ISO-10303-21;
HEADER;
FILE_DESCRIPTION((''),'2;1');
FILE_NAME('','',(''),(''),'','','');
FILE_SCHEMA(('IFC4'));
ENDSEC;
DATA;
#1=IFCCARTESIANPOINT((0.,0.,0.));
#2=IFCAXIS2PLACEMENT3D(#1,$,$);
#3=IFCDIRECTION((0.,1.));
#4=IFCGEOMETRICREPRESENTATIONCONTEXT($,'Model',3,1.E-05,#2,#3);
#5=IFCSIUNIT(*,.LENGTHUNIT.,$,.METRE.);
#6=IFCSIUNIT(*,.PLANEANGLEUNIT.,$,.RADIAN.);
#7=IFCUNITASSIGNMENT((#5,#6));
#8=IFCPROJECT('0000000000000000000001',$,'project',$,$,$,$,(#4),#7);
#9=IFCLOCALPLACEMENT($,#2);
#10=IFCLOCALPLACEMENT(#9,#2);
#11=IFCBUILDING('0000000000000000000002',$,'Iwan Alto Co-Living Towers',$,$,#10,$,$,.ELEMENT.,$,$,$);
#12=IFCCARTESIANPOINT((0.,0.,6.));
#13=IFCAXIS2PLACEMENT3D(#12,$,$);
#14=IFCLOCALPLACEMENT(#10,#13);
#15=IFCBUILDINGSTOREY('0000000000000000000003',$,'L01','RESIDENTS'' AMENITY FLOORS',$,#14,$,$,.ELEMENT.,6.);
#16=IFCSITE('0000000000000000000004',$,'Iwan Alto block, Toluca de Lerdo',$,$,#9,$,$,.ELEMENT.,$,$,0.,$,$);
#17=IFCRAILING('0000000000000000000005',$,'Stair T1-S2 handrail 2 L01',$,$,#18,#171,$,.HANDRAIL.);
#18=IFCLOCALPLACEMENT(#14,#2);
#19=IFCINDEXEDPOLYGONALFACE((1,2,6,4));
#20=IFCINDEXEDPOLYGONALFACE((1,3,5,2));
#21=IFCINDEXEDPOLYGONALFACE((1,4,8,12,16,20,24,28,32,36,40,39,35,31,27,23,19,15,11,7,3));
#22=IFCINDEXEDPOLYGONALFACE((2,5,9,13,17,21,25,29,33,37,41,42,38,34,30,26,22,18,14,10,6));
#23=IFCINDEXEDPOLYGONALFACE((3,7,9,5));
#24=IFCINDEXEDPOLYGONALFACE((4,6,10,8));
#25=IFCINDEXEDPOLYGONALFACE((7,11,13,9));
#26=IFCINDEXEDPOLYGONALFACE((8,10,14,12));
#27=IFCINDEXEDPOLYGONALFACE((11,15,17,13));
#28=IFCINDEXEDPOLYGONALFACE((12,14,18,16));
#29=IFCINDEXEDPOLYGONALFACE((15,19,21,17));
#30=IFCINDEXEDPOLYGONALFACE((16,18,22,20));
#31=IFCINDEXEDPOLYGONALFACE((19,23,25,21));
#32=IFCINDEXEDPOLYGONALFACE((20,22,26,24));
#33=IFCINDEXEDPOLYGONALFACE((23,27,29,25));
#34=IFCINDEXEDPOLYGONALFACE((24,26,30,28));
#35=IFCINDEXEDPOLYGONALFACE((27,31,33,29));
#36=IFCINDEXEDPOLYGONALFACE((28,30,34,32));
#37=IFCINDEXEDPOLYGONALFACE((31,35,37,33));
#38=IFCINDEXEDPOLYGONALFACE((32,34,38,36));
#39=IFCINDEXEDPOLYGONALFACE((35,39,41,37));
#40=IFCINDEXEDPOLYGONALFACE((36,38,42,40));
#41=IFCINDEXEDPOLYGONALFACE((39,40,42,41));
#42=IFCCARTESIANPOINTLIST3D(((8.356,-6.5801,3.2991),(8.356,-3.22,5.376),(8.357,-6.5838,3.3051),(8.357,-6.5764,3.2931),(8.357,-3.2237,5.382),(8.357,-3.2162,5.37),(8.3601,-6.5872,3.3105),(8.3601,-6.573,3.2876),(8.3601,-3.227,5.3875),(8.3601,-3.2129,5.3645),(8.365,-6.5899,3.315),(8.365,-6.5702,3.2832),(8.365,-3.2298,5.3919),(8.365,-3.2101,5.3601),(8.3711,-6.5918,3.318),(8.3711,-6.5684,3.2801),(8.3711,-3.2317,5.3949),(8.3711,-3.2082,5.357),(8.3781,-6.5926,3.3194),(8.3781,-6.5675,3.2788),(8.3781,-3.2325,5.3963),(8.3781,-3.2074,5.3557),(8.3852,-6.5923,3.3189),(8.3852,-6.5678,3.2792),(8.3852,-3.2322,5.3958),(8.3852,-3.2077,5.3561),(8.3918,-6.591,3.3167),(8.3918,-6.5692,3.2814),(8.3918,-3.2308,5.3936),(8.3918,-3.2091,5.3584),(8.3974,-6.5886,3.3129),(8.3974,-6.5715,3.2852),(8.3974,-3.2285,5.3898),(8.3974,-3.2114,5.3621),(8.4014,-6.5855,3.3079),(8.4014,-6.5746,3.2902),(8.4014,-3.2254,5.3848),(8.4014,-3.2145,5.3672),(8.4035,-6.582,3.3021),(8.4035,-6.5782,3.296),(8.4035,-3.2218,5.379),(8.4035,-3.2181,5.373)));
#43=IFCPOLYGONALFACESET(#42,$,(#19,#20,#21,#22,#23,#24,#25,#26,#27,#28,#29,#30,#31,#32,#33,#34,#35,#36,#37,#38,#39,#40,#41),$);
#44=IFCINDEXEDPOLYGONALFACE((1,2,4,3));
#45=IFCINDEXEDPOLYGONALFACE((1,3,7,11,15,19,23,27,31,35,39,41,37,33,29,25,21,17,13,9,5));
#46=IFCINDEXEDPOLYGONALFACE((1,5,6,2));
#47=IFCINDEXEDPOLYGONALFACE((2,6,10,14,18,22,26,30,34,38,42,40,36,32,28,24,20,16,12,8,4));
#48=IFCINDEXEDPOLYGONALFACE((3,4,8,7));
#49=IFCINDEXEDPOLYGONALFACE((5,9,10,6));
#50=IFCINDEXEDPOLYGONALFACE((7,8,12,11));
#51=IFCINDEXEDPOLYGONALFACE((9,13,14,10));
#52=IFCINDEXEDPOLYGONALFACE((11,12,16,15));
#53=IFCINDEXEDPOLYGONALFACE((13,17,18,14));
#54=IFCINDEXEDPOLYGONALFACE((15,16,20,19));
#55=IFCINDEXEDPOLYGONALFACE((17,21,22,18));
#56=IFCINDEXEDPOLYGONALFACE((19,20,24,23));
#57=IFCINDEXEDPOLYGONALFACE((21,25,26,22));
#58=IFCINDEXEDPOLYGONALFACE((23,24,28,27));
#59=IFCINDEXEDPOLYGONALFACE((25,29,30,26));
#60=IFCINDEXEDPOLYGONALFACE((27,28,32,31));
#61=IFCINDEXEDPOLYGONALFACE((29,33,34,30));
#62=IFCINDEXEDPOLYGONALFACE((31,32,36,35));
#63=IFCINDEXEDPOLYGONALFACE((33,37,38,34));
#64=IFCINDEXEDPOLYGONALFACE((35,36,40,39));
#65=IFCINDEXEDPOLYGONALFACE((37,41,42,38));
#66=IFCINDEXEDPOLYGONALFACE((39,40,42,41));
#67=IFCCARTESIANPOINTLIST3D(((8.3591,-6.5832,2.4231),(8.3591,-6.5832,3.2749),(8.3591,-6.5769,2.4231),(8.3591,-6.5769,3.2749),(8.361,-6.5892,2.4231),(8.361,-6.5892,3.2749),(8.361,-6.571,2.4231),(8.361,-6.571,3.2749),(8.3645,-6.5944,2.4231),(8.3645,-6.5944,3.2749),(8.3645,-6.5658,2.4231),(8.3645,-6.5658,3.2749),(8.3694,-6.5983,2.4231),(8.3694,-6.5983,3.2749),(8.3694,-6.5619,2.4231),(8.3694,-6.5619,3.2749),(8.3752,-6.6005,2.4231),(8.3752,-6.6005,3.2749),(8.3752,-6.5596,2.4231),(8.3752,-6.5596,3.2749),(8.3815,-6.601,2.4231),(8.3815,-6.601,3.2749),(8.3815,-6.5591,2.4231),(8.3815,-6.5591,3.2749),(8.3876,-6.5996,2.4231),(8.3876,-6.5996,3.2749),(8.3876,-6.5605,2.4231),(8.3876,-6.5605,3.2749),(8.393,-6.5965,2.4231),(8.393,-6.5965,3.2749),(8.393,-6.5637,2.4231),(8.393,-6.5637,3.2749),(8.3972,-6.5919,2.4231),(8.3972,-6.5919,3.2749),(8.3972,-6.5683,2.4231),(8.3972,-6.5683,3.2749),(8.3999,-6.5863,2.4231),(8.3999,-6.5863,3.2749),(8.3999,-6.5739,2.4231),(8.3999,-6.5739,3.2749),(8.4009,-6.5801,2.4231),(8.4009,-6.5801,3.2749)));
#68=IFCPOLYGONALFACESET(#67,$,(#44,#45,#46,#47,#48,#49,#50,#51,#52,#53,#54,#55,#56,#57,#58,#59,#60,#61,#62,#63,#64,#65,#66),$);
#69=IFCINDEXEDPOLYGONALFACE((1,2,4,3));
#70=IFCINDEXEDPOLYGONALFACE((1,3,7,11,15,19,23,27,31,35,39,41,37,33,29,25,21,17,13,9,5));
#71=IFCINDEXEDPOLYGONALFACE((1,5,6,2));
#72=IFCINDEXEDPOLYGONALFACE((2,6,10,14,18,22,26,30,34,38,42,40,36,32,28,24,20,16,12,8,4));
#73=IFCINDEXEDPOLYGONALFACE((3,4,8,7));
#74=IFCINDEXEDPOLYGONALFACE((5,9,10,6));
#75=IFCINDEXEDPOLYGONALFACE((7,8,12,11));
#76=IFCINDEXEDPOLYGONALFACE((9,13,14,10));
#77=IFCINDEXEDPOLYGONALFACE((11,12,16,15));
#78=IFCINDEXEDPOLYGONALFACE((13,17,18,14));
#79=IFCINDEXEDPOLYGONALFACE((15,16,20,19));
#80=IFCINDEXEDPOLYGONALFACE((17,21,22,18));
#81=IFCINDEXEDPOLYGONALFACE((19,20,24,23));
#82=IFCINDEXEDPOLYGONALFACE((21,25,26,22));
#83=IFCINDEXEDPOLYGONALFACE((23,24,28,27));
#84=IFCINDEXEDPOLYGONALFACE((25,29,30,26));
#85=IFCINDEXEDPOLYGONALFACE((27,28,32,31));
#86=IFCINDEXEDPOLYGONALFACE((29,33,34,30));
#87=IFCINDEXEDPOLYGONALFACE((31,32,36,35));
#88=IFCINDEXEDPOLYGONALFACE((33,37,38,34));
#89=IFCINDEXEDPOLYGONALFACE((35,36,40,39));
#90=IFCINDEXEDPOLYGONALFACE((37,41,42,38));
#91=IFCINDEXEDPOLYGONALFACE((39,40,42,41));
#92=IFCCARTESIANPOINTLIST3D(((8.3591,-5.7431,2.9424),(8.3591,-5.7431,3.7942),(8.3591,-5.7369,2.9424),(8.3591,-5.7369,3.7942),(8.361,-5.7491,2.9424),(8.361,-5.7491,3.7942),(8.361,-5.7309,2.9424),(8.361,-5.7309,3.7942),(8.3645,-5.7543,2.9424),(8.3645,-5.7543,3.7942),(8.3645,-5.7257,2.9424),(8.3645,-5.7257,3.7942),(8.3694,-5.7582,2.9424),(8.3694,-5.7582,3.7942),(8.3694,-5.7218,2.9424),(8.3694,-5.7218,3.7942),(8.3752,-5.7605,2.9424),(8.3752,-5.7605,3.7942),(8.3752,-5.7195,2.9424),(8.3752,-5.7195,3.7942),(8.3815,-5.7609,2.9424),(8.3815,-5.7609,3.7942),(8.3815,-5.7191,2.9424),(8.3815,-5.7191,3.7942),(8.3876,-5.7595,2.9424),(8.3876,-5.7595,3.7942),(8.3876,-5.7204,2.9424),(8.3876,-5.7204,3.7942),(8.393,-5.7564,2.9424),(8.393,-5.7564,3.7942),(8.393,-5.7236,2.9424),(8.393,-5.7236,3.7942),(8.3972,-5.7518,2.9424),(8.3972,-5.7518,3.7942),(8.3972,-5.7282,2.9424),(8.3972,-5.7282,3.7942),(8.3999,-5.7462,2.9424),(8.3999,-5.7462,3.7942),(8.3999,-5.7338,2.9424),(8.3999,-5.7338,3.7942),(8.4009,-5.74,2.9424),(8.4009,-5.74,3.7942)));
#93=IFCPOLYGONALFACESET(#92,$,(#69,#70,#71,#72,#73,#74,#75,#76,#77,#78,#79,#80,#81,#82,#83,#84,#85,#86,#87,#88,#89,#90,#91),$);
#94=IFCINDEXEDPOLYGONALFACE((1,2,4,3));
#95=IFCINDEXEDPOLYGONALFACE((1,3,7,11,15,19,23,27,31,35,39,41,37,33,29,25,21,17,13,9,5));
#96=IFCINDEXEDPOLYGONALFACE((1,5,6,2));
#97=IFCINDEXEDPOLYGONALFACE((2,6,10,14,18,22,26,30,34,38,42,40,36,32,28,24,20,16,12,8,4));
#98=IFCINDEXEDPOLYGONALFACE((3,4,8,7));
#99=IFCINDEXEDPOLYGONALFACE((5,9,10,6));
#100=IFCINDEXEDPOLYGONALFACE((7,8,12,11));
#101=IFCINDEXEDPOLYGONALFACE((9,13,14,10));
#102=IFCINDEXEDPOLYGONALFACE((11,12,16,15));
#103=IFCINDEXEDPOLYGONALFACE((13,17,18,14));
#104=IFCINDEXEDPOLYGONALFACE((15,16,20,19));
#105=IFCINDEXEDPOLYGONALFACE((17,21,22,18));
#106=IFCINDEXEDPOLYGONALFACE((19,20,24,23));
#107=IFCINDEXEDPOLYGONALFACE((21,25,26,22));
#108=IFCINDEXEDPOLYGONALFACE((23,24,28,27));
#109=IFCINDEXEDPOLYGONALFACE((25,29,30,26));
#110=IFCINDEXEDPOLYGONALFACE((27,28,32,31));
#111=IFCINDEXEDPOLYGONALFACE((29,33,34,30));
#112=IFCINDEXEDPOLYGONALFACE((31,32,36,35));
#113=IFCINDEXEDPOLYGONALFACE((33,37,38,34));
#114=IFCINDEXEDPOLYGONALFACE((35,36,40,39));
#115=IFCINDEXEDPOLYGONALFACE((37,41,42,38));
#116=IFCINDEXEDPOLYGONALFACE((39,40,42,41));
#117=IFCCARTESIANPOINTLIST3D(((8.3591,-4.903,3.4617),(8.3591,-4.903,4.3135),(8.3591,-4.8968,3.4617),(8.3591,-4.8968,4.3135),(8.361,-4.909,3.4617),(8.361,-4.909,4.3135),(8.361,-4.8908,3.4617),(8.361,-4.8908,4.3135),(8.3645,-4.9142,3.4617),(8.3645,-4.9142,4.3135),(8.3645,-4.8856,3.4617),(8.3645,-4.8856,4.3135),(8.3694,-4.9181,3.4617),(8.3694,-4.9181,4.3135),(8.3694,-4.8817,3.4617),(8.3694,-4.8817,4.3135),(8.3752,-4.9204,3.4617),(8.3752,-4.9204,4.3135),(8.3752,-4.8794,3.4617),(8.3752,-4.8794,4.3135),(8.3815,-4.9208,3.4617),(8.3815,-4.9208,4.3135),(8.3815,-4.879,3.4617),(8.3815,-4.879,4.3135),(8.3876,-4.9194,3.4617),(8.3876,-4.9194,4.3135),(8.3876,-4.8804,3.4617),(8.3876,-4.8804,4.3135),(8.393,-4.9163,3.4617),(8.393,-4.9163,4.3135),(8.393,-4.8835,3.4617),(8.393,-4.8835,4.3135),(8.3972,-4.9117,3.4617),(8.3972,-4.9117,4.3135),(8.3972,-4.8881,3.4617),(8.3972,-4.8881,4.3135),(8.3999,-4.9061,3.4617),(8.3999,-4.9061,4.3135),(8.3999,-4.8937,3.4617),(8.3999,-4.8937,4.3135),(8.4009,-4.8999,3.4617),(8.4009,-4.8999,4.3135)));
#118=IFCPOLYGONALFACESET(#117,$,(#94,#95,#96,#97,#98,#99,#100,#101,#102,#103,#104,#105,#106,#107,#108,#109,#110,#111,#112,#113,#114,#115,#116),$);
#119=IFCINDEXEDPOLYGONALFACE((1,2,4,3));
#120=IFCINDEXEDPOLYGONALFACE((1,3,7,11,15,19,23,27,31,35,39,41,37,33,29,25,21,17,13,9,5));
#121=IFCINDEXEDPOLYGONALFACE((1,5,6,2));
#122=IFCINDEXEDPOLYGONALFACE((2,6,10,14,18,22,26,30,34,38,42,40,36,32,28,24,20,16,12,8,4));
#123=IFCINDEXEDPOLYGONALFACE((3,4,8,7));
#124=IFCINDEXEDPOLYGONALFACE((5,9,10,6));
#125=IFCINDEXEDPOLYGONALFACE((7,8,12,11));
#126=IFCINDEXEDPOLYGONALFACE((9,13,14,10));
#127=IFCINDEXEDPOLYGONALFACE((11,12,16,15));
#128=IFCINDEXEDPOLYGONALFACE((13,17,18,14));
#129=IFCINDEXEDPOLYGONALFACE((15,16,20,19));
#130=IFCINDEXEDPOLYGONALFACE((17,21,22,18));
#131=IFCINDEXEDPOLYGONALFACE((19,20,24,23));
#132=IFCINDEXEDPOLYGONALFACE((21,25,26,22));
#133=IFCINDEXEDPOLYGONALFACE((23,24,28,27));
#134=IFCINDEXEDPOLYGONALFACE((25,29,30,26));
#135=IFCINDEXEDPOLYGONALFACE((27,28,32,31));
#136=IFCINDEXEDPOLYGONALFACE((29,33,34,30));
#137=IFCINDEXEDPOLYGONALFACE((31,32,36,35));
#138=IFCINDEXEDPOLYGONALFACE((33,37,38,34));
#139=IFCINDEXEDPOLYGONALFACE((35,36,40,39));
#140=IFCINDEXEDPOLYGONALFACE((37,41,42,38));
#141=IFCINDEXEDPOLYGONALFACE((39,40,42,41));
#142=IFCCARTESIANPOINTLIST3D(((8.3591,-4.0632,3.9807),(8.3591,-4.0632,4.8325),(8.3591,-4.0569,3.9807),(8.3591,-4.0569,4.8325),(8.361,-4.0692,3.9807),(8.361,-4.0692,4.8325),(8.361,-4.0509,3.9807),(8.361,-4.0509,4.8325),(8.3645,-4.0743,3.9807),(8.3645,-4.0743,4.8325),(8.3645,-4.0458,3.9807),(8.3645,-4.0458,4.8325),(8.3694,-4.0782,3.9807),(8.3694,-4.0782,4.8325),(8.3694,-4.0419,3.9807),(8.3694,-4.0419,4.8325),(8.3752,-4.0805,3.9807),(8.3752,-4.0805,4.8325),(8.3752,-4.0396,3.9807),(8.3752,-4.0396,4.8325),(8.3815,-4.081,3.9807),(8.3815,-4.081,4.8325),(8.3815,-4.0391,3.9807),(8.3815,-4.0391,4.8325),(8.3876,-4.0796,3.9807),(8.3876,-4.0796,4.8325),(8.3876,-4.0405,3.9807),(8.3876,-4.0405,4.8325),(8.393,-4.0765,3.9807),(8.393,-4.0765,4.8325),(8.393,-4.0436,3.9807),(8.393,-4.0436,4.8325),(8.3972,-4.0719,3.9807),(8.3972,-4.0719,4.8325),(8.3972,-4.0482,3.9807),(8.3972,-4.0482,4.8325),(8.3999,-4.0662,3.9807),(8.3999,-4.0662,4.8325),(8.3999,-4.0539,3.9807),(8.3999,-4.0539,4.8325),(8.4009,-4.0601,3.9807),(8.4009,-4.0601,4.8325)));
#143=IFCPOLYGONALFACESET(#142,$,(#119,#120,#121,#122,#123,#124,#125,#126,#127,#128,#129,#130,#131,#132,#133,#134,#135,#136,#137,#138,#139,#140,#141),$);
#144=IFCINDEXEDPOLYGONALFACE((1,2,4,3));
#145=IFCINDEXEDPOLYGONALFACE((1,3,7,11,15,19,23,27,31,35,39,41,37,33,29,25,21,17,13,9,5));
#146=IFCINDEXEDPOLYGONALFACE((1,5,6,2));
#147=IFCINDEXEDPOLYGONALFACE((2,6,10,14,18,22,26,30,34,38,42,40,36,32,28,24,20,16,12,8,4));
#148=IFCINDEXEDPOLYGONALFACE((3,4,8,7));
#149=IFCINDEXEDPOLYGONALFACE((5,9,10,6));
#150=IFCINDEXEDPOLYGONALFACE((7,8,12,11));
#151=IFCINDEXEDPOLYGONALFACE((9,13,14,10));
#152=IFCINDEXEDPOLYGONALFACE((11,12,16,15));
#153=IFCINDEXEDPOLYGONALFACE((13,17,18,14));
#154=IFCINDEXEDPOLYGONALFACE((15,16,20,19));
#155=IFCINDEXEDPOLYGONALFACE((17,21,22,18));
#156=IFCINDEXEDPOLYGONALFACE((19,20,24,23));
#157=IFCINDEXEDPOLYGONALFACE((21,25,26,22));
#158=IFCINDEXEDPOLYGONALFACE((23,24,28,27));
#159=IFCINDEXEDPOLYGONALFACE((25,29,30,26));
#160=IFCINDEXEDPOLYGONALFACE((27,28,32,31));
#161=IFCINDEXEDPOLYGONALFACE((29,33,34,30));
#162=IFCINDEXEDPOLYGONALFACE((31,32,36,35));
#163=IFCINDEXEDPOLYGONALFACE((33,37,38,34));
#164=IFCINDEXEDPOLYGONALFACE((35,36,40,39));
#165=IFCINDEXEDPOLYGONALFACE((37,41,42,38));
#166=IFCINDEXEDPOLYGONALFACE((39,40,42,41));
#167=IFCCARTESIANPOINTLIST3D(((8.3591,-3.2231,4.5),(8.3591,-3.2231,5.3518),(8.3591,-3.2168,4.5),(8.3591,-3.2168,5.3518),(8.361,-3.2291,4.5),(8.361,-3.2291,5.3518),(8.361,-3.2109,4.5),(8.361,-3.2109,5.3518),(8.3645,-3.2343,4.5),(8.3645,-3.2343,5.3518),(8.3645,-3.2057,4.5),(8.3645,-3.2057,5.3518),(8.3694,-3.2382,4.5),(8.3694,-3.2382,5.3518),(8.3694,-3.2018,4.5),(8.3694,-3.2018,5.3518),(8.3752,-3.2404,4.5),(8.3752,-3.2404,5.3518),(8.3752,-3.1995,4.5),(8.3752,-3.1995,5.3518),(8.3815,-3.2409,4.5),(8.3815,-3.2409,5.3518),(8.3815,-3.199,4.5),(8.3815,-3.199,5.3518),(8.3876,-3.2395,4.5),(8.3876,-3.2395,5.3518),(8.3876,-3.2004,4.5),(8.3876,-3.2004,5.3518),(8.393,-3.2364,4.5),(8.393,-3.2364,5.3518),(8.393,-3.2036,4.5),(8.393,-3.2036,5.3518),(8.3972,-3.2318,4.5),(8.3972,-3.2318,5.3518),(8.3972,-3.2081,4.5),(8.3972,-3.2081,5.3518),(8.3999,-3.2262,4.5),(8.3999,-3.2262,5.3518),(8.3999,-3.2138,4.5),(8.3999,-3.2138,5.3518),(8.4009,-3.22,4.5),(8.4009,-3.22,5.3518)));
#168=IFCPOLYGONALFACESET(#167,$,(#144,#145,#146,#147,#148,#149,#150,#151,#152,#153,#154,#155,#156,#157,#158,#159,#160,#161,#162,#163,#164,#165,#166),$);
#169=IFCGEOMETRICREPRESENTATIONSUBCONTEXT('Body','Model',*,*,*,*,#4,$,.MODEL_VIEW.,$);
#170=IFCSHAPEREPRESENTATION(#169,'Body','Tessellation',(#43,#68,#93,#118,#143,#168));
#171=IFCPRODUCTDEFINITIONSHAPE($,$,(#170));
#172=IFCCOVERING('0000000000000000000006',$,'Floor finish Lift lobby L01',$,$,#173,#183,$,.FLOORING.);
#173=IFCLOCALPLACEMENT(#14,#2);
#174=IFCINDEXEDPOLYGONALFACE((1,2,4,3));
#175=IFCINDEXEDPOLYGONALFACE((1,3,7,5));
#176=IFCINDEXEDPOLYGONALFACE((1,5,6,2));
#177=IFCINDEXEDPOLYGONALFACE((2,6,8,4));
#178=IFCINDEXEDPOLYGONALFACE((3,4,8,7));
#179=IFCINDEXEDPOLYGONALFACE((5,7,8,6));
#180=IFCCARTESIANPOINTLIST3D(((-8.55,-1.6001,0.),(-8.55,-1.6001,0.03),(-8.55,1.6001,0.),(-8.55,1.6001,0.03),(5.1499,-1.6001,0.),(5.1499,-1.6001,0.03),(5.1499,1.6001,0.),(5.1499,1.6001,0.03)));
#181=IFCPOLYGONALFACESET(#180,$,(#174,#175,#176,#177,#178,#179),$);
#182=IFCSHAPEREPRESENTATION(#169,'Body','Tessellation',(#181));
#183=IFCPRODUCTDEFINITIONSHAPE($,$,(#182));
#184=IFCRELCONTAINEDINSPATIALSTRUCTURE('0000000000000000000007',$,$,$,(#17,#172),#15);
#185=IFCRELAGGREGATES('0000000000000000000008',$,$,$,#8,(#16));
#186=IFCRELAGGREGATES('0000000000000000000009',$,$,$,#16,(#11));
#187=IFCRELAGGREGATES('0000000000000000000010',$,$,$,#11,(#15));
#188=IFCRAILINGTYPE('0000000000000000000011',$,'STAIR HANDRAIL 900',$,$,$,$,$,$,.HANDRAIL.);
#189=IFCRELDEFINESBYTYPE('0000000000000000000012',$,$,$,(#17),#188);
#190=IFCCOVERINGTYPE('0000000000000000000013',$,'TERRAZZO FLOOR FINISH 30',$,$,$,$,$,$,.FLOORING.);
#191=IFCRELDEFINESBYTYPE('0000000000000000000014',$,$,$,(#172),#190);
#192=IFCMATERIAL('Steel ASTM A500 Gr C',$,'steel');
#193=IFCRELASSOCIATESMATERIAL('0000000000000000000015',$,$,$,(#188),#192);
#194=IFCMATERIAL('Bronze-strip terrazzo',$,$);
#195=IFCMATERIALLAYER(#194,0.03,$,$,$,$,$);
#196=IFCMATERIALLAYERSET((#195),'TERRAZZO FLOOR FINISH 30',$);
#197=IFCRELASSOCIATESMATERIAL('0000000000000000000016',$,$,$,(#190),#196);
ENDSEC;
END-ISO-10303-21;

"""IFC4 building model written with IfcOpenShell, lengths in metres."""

from ifc_helpers import new_model, si_unit, direction, frame, origin, origin_2d, place, context, subcontext, project, spatial, polyline, circle, outline, extrude, material, layer, layer_set, type_object, element, save


model = new_model("IFC4")

# Units and contexts
model_context = context("Model", 3, precision=1e-05, world=origin(), true_north=direction((0.0, 1.0)))
body_context = subcontext(model_context, "Body", "Model", "MODEL_VIEW")
ifc_project = project(units=[si_unit("LENGTHUNIT", "METRE"), si_unit("PLANEANGLEUNIT", "RADIAN")], contexts=[model_context])

# Site, building, storey
site_placement = place(None, origin())
site = spatial("IfcSite", under=ifc_project, at=site_placement, Name="Iwan Alto block, Toluca de Lerdo", CompositionType="ELEMENT", RefElevation=0.0)
building_placement = place(site_placement, origin())
building = spatial("IfcBuilding", under=site, at=building_placement, Name="Iwan Alto Co-Living Towers", CompositionType="ELEMENT")
storey_placement = place(building_placement, frame((0.0, 0.0, 6.0)))
storey = spatial("IfcBuildingStorey", under=building, at=storey_placement, Name="L01", Description="RESIDENTS' AMENITY FLOORS", CompositionType="ELEMENT", Elevation=6.0)

# Railing
ifc_material_1 = material(Name="Steel ASTM A500 Gr C", Category="steel")
railing_type_1 = type_object("IfcRailingType", Name="STAIR HANDRAIL 900", PredefinedType="HANDRAIL", material=ifc_material_1)
railing_1_placement = place(storey_placement, frame((8.3799, -6.5801, 2.4231)))
element("IfcRailing", 1, at=railing_1_placement, inside=storey, type_object=railing_type_1, Name="Stair T1-S2 handrail 2 L01", PredefinedType="HANDRAIL", context=body_context, shape_type="SweptSolid", body=[
    extrude(circle(Radius=0.0239, at=origin_2d()), frame((0.0, 0.0, 0.876), z_axis=(0.0, 0.850623, 0.525776), x_axis=(-1.0, 0.0, 0.0)), (0.0, 0.0, 1.0), 3.9502),
    extrude(circle(Radius=0.021, at=origin_2d()), origin(), (0.0, 0.0, 1.0), 0.8518),
    extrude(circle(Radius=0.021, at=origin_2d()), frame((0.0, 0.8401, 0.5193)), (0.0, 0.0, 1.0), 0.8518),
    extrude(circle(Radius=0.021, at=origin_2d()), frame((0.0, 1.6802, 1.0386)), (0.0, 0.0, 1.0), 0.8518),
    extrude(circle(Radius=0.021, at=origin_2d()), frame((0.0, 2.52, 1.5576)), (0.0, 0.0, 1.0), 0.8518),
    extrude(circle(Radius=0.021, at=origin_2d()), frame((0.0, 3.3601, 2.0769)), (0.0, 0.0, 1.0), 0.8518),
])

# Covering
ifc_material_2 = material(Name="Bronze-strip terrazzo")
ifc_layer_1 = layer(ifc_material_2, 0.03)
ifc_layer_set_1 = layer_set([ifc_layer_1], Name="TERRAZZO FLOOR FINISH 30")
covering_type_1 = type_object("IfcCoveringType", Name="TERRAZZO FLOOR FINISH 30", PredefinedType="FLOORING", material=ifc_layer_set_1)
covering_1_placement = place(storey_placement, origin())
element("IfcCovering", 2, at=covering_1_placement, inside=storey, type_object=covering_type_1, Name="Floor finish Lift lobby L01", PredefinedType="FLOORING", context=body_context, shape_type="SweptSolid", body=[
    extrude(outline(polyline([(-8.55, -1.6001), (-8.55, 1.6001), (5.1499, 1.6001), (5.1499, -1.6001), (-8.55, -1.6001)])), origin(), (0.0, 0.0, 1.0), 0.03),
])

save(model, "model.ifc")
